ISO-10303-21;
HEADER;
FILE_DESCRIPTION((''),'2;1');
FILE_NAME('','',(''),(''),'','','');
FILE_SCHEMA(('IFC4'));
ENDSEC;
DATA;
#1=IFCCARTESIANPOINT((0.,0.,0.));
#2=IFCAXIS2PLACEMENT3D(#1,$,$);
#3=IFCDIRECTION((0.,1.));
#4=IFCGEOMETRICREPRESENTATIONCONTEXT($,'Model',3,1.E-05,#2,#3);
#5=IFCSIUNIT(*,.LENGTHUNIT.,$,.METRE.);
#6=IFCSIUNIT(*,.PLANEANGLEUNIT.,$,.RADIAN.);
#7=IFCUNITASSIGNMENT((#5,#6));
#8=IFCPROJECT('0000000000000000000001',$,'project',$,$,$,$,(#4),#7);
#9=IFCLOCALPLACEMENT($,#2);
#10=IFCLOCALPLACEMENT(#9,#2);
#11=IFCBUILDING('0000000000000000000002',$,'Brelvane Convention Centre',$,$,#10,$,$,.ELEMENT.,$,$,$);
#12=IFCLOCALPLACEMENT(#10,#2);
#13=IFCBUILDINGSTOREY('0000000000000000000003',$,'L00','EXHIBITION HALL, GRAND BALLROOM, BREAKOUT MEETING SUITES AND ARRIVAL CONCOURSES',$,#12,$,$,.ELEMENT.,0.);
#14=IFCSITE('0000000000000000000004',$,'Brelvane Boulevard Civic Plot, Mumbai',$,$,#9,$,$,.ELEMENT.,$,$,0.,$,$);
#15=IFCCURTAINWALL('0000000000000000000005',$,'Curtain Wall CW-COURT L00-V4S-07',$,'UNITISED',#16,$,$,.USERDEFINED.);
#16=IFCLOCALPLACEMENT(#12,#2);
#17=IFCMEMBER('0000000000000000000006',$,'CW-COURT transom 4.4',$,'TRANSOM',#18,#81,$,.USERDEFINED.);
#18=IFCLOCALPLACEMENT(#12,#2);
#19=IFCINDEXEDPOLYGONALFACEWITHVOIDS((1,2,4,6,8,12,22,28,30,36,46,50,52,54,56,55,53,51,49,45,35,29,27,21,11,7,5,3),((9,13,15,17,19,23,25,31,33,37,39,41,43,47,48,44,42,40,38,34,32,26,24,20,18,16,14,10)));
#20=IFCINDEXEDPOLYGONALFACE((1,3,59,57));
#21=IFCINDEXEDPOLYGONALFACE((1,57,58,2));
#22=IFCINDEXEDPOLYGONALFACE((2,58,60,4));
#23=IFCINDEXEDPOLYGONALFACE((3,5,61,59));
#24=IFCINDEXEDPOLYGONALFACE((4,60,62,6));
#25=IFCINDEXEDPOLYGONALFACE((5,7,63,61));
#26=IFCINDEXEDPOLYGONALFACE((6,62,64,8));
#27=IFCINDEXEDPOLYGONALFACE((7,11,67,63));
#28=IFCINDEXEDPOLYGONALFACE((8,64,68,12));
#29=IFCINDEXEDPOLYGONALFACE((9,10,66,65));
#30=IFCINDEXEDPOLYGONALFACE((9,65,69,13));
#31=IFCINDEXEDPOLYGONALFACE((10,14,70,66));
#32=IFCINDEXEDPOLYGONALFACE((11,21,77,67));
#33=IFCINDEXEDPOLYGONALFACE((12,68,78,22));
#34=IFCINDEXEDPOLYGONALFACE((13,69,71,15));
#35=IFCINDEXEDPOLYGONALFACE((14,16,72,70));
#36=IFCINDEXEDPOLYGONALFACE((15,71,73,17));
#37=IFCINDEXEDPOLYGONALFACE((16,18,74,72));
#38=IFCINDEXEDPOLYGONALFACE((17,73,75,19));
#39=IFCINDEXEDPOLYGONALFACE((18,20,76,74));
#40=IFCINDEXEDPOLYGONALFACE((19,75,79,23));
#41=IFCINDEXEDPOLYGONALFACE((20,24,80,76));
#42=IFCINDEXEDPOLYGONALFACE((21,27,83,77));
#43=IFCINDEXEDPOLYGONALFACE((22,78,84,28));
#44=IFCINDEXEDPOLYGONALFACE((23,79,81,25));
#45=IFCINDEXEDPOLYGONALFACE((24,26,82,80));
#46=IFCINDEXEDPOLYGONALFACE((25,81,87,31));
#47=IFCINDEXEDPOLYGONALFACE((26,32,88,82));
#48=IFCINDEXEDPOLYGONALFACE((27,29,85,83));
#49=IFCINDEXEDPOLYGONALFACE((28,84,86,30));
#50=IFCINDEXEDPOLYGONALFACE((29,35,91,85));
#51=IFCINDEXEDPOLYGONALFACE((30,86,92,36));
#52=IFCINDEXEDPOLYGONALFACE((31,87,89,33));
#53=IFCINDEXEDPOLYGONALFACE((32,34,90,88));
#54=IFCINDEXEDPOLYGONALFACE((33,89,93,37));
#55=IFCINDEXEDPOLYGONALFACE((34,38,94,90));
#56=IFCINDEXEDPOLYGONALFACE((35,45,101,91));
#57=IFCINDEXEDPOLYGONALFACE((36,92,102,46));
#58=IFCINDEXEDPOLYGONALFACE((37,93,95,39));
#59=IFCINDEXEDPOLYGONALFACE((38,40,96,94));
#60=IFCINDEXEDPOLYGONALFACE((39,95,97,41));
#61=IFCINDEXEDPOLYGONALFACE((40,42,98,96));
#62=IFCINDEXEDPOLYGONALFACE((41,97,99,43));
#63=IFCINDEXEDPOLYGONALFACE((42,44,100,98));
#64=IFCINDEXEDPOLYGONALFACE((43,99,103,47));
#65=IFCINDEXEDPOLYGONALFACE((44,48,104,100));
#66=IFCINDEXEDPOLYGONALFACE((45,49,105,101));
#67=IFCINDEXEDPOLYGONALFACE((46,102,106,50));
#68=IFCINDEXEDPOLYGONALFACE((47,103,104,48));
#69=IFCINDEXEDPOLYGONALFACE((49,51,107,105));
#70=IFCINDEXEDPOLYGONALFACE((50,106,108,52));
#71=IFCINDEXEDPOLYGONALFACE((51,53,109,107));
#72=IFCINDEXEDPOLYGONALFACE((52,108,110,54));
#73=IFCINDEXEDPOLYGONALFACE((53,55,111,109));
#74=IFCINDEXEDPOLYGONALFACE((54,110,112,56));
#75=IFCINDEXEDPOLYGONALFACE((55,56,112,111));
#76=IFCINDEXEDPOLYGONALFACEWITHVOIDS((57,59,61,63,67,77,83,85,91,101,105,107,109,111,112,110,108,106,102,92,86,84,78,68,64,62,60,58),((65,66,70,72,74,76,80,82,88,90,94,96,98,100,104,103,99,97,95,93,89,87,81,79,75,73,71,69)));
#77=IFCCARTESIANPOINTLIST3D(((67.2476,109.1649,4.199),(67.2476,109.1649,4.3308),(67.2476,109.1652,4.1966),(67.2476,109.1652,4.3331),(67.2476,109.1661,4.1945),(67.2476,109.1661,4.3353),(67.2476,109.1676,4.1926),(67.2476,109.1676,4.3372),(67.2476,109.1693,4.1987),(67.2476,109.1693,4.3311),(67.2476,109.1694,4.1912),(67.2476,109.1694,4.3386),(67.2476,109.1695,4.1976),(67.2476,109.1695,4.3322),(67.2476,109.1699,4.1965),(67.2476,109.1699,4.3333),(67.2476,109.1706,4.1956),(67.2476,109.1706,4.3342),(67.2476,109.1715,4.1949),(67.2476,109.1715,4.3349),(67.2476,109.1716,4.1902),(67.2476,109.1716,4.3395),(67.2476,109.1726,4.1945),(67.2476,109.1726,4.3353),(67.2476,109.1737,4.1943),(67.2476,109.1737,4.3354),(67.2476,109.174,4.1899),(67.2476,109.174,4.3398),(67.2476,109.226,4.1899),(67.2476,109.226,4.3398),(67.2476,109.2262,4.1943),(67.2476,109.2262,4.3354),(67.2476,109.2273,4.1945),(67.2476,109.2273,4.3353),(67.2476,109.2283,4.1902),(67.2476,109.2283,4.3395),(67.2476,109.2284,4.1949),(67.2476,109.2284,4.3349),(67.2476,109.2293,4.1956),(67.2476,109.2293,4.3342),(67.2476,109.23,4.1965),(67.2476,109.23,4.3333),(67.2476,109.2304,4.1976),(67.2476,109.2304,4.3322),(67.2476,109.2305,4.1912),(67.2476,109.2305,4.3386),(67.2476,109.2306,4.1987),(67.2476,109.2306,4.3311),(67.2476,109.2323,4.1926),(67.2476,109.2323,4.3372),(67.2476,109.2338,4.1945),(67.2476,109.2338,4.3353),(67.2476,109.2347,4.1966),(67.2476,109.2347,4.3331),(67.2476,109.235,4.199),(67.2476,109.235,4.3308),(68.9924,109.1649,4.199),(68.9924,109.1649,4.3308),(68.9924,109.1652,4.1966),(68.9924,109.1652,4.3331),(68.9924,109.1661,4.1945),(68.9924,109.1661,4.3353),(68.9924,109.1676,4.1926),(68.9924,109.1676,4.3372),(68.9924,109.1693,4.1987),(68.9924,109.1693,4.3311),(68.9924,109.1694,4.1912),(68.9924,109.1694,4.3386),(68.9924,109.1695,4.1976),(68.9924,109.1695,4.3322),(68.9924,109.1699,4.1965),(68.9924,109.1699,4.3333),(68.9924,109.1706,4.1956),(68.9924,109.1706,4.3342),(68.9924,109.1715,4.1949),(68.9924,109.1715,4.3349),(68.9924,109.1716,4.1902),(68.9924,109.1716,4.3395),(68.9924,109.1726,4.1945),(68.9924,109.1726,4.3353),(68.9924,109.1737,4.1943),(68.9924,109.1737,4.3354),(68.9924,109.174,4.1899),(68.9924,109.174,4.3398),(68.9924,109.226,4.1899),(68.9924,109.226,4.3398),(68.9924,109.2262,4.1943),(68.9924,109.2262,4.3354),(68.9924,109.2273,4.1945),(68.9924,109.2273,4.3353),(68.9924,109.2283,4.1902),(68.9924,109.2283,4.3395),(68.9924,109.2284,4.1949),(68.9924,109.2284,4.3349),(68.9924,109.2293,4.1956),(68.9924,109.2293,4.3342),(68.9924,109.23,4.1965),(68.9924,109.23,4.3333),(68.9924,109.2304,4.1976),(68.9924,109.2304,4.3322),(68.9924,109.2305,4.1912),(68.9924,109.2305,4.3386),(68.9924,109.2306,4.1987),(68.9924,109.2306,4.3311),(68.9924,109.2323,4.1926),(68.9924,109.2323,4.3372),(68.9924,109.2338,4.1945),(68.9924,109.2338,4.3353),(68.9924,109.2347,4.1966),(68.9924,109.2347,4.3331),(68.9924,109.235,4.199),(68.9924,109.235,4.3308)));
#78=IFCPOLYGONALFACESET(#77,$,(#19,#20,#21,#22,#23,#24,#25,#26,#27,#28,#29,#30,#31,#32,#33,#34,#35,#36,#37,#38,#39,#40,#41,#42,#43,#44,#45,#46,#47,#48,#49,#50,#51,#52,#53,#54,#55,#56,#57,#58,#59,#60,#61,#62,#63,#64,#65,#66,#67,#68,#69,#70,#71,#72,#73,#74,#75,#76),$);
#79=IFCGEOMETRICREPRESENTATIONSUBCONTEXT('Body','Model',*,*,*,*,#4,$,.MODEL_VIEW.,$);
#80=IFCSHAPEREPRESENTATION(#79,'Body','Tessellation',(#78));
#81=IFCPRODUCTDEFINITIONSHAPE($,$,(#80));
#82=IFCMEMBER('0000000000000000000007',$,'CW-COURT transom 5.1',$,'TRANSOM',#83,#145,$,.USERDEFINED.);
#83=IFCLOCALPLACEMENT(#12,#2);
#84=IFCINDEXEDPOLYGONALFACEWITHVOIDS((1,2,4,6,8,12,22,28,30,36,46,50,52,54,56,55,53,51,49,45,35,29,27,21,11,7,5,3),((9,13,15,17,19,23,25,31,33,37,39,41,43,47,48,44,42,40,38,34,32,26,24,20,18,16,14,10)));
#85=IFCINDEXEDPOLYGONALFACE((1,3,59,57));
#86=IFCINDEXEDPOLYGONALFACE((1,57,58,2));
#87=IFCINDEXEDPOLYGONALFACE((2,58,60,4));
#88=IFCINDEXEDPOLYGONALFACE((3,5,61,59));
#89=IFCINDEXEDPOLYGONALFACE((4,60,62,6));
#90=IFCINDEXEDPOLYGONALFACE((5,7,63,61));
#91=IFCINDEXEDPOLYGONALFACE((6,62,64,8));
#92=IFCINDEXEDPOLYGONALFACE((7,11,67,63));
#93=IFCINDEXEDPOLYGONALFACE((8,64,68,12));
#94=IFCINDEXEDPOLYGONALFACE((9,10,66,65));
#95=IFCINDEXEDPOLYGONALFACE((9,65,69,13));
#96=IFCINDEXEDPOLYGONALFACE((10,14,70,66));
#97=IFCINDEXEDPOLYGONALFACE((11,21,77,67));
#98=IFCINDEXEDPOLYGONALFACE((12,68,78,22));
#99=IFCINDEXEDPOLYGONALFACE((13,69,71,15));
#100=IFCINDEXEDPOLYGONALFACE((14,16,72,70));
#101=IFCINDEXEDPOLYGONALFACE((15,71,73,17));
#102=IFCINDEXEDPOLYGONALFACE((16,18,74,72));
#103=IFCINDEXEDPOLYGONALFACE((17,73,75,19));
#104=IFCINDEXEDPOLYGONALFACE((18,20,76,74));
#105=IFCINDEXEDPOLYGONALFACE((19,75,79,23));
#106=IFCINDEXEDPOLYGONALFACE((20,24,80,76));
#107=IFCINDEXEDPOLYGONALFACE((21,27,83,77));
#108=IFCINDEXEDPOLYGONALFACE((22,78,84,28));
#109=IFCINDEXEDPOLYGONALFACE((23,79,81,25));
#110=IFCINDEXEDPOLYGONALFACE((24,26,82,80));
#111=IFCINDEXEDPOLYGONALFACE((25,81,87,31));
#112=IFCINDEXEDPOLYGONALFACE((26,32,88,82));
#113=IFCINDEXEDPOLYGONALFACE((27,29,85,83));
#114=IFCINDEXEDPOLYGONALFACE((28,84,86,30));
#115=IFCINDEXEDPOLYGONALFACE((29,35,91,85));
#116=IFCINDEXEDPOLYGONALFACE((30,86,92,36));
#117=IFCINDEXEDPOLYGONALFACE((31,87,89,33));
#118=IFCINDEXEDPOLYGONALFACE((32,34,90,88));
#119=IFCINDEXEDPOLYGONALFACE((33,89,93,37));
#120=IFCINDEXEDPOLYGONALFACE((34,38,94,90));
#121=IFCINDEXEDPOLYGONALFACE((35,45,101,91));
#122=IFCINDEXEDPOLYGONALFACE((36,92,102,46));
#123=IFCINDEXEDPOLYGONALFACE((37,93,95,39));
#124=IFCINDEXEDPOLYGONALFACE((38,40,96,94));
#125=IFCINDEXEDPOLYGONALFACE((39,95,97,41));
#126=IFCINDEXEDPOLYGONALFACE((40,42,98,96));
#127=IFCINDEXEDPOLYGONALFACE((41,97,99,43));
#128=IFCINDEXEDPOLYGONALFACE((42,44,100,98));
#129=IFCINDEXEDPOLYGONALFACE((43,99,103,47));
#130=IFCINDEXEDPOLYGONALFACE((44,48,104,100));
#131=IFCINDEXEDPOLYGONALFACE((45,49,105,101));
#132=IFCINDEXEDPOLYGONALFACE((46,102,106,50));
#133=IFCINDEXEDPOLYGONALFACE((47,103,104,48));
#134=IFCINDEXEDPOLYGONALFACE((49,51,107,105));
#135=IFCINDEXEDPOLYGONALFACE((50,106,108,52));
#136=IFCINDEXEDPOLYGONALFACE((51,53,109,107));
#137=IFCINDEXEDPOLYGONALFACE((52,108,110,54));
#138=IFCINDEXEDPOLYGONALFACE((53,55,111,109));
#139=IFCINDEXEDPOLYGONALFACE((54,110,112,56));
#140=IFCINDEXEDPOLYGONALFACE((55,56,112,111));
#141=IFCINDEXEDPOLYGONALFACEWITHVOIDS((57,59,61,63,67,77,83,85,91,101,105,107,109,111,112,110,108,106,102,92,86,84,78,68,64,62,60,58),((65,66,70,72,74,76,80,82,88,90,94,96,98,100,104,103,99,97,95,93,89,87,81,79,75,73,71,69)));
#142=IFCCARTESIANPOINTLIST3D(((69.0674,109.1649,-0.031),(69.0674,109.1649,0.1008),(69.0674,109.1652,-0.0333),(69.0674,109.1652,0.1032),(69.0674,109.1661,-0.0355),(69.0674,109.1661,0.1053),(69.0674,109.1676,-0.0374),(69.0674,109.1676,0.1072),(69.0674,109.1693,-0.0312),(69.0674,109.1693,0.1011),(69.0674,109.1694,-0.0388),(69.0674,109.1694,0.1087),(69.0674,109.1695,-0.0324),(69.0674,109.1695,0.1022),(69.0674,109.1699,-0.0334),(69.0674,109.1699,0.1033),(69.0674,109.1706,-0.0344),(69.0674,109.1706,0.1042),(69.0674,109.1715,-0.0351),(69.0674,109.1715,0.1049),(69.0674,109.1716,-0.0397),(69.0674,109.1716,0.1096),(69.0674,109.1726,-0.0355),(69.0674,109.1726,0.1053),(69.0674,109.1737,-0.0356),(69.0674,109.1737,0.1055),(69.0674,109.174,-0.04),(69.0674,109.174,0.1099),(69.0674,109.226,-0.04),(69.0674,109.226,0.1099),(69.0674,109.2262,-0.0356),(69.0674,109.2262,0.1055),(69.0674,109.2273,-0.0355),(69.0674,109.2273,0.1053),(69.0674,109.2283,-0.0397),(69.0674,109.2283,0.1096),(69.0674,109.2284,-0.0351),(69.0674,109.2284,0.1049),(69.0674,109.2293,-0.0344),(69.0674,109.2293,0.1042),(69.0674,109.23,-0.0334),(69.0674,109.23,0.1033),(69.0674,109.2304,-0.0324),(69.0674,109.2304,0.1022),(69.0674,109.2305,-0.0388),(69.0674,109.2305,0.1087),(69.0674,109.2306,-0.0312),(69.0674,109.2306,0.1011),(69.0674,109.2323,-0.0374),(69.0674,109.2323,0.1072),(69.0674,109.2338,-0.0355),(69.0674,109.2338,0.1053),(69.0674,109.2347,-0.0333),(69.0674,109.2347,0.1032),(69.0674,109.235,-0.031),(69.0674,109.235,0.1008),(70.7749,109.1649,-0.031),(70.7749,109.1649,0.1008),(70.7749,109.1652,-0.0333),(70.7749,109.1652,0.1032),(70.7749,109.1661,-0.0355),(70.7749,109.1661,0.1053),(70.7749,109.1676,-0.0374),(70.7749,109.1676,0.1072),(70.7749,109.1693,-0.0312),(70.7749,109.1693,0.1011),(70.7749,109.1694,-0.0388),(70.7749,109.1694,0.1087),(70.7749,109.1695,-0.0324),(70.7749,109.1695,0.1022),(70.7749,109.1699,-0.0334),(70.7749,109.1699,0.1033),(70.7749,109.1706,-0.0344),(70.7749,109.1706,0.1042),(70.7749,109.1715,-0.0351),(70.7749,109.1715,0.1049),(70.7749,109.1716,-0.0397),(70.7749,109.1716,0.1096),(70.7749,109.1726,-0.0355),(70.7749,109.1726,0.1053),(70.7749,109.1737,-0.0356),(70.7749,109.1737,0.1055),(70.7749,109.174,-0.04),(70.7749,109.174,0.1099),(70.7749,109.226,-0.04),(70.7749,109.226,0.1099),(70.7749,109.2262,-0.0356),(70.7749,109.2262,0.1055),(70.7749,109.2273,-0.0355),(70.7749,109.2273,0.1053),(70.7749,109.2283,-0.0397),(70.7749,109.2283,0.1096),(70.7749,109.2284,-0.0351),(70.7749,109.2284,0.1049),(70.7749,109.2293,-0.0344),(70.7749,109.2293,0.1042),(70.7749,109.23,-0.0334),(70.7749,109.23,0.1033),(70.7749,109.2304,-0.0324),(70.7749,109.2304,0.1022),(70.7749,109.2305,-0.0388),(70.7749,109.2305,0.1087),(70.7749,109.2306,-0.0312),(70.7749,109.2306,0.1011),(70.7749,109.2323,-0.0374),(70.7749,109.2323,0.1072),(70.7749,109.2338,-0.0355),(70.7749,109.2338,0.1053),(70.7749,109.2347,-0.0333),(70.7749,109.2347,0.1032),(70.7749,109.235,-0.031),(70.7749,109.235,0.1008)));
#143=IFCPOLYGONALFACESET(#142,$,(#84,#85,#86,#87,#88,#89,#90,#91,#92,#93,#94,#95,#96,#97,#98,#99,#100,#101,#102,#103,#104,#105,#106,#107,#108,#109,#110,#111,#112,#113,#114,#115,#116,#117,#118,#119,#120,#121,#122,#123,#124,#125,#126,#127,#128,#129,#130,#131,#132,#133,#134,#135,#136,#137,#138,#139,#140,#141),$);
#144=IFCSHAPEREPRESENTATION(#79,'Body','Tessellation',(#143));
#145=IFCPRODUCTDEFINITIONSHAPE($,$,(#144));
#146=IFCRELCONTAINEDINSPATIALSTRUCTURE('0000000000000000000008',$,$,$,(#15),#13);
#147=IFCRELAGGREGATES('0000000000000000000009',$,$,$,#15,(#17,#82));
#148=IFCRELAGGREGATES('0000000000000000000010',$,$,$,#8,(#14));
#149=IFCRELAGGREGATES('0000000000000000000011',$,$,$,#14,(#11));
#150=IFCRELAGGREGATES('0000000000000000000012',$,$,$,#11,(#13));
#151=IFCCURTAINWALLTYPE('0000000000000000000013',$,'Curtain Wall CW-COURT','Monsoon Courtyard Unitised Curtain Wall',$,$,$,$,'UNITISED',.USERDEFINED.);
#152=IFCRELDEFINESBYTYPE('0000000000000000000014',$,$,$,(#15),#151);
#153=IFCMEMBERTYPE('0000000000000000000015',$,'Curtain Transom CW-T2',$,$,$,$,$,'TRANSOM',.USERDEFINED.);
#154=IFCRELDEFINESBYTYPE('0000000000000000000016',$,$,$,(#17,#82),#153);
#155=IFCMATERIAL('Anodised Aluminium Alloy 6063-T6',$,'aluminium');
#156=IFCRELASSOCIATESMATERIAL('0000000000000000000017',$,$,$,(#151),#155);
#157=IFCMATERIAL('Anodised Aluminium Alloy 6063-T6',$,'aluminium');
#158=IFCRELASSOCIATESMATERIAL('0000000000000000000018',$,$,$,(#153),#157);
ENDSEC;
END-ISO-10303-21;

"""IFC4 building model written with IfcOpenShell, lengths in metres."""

from ifc_helpers import new_model, si_unit, direction, frame, origin, origin_2d, place, context, subcontext, project, spatial, hollow_rectangle, extrude, material, material_profile, profile_set, type_object, element, aggregate, save


model = new_model("IFC4")

# Units and contexts
model_context = context("Model", 3, precision=1e-05, world=origin(), true_north=direction((0.0, 1.0)))
body_context = subcontext(model_context, "Body", "Model", "MODEL_VIEW")
ifc_project = project(units=[si_unit("LENGTHUNIT", "METRE"), si_unit("PLANEANGLEUNIT", "RADIAN")], contexts=[model_context])

# Site, building, storey
site_placement = place(None, origin())
site = spatial("IfcSite", under=ifc_project, at=site_placement, Name="Brelvane Boulevard Civic Plot, Mumbai", CompositionType="ELEMENT", RefElevation=0.0)
building_placement = place(site_placement, origin())
building = spatial("IfcBuilding", under=site, at=building_placement, Name="Brelvane Convention Centre", CompositionType="ELEMENT")
storey_placement = place(building_placement, origin())
storey = spatial("IfcBuildingStorey", under=building, at=storey_placement, Name="L00", Description="EXHIBITION HALL, GRAND BALLROOM, BREAKOUT MEETING SUITES AND ARRIVAL CONCOURSES", CompositionType="ELEMENT", Elevation=0.0)

# Curtain wall, members
ifc_material_1 = material(Name="Anodised Aluminium Alloy 6063-T6", Category="aluminium")
curtain_wall_type = type_object("IfcCurtainWallType", Name="Curtain Wall CW-COURT", Description="Monsoon Courtyard Unitised Curtain Wall", ElementType="UNITISED", PredefinedType="USERDEFINED", material=ifc_material_1)
curtain_wall_placement = place(storey_placement, origin())
curtain_wall = element("IfcCurtainWall", 1, at=curtain_wall_placement, inside=storey, type_object=curtain_wall_type, Name="Curtain Wall CW-COURT L00-V4S-07", ObjectType="UNITISED", PredefinedType="USERDEFINED")
ifc_material_2 = material(Name="Anodised Aluminium Alloy 6063-T6", Category="aluminium")
ifc_material_profile_1 = material_profile(ifc_material_2, hollow_rectangle(XDim=0.0701, YDim=0.1499, WallThickness=0.0044, InnerFilletRadius=0.0044, OuterFilletRadius=0.009, at=origin_2d()), Name="ALU-T 150x70x4.5")
ifc_profile_set_1 = profile_set([ifc_material_profile_1], Name="Anodised Aluminium Alloy 6063-T6")
member_type_1 = type_object("IfcMemberType", Name="Curtain Transom CW-T2", ElementType="TRANSOM", PredefinedType="USERDEFINED", material=ifc_profile_set_1)
member_1_placement = place(storey_placement, frame((67.2476, 109.2, 4.2649), z_axis=(1.0, 0.0, 0.0), x_axis=(0.0, 1.0, 0.0)))
member_1 = element("IfcMember", 2, at=member_1_placement, type_object=member_type_1, Name="CW-COURT transom 4.4", ObjectType="TRANSOM", PredefinedType="USERDEFINED", context=body_context, shape_type="SweptSolid", body=[
    extrude(hollow_rectangle(XDim=0.0701, YDim=0.1499, WallThickness=0.0044, InnerFilletRadius=0.0044, OuterFilletRadius=0.009, at=origin_2d()), origin(), (0.0, 0.0, 1.0), 1.7449),
])
member_2_placement = place(storey_placement, frame((69.0674, 109.2, 0.0349), z_axis=(1.0, 0.0, 0.0), x_axis=(0.0, 1.0, 0.0)))
member_2 = element("IfcMember", 3, at=member_2_placement, type_object=member_type_1, Name="CW-COURT transom 5.1", ObjectType="TRANSOM", PredefinedType="USERDEFINED", context=body_context, shape_type="SweptSolid", body=[
    extrude(hollow_rectangle(XDim=0.0701, YDim=0.1499, WallThickness=0.0044, InnerFilletRadius=0.0044, OuterFilletRadius=0.009, at=origin_2d()), origin(), (0.0, 0.0, 1.0), 1.7075),
])
aggregate(curtain_wall, [member_1, member_2])

save(model, "model.ifc")
